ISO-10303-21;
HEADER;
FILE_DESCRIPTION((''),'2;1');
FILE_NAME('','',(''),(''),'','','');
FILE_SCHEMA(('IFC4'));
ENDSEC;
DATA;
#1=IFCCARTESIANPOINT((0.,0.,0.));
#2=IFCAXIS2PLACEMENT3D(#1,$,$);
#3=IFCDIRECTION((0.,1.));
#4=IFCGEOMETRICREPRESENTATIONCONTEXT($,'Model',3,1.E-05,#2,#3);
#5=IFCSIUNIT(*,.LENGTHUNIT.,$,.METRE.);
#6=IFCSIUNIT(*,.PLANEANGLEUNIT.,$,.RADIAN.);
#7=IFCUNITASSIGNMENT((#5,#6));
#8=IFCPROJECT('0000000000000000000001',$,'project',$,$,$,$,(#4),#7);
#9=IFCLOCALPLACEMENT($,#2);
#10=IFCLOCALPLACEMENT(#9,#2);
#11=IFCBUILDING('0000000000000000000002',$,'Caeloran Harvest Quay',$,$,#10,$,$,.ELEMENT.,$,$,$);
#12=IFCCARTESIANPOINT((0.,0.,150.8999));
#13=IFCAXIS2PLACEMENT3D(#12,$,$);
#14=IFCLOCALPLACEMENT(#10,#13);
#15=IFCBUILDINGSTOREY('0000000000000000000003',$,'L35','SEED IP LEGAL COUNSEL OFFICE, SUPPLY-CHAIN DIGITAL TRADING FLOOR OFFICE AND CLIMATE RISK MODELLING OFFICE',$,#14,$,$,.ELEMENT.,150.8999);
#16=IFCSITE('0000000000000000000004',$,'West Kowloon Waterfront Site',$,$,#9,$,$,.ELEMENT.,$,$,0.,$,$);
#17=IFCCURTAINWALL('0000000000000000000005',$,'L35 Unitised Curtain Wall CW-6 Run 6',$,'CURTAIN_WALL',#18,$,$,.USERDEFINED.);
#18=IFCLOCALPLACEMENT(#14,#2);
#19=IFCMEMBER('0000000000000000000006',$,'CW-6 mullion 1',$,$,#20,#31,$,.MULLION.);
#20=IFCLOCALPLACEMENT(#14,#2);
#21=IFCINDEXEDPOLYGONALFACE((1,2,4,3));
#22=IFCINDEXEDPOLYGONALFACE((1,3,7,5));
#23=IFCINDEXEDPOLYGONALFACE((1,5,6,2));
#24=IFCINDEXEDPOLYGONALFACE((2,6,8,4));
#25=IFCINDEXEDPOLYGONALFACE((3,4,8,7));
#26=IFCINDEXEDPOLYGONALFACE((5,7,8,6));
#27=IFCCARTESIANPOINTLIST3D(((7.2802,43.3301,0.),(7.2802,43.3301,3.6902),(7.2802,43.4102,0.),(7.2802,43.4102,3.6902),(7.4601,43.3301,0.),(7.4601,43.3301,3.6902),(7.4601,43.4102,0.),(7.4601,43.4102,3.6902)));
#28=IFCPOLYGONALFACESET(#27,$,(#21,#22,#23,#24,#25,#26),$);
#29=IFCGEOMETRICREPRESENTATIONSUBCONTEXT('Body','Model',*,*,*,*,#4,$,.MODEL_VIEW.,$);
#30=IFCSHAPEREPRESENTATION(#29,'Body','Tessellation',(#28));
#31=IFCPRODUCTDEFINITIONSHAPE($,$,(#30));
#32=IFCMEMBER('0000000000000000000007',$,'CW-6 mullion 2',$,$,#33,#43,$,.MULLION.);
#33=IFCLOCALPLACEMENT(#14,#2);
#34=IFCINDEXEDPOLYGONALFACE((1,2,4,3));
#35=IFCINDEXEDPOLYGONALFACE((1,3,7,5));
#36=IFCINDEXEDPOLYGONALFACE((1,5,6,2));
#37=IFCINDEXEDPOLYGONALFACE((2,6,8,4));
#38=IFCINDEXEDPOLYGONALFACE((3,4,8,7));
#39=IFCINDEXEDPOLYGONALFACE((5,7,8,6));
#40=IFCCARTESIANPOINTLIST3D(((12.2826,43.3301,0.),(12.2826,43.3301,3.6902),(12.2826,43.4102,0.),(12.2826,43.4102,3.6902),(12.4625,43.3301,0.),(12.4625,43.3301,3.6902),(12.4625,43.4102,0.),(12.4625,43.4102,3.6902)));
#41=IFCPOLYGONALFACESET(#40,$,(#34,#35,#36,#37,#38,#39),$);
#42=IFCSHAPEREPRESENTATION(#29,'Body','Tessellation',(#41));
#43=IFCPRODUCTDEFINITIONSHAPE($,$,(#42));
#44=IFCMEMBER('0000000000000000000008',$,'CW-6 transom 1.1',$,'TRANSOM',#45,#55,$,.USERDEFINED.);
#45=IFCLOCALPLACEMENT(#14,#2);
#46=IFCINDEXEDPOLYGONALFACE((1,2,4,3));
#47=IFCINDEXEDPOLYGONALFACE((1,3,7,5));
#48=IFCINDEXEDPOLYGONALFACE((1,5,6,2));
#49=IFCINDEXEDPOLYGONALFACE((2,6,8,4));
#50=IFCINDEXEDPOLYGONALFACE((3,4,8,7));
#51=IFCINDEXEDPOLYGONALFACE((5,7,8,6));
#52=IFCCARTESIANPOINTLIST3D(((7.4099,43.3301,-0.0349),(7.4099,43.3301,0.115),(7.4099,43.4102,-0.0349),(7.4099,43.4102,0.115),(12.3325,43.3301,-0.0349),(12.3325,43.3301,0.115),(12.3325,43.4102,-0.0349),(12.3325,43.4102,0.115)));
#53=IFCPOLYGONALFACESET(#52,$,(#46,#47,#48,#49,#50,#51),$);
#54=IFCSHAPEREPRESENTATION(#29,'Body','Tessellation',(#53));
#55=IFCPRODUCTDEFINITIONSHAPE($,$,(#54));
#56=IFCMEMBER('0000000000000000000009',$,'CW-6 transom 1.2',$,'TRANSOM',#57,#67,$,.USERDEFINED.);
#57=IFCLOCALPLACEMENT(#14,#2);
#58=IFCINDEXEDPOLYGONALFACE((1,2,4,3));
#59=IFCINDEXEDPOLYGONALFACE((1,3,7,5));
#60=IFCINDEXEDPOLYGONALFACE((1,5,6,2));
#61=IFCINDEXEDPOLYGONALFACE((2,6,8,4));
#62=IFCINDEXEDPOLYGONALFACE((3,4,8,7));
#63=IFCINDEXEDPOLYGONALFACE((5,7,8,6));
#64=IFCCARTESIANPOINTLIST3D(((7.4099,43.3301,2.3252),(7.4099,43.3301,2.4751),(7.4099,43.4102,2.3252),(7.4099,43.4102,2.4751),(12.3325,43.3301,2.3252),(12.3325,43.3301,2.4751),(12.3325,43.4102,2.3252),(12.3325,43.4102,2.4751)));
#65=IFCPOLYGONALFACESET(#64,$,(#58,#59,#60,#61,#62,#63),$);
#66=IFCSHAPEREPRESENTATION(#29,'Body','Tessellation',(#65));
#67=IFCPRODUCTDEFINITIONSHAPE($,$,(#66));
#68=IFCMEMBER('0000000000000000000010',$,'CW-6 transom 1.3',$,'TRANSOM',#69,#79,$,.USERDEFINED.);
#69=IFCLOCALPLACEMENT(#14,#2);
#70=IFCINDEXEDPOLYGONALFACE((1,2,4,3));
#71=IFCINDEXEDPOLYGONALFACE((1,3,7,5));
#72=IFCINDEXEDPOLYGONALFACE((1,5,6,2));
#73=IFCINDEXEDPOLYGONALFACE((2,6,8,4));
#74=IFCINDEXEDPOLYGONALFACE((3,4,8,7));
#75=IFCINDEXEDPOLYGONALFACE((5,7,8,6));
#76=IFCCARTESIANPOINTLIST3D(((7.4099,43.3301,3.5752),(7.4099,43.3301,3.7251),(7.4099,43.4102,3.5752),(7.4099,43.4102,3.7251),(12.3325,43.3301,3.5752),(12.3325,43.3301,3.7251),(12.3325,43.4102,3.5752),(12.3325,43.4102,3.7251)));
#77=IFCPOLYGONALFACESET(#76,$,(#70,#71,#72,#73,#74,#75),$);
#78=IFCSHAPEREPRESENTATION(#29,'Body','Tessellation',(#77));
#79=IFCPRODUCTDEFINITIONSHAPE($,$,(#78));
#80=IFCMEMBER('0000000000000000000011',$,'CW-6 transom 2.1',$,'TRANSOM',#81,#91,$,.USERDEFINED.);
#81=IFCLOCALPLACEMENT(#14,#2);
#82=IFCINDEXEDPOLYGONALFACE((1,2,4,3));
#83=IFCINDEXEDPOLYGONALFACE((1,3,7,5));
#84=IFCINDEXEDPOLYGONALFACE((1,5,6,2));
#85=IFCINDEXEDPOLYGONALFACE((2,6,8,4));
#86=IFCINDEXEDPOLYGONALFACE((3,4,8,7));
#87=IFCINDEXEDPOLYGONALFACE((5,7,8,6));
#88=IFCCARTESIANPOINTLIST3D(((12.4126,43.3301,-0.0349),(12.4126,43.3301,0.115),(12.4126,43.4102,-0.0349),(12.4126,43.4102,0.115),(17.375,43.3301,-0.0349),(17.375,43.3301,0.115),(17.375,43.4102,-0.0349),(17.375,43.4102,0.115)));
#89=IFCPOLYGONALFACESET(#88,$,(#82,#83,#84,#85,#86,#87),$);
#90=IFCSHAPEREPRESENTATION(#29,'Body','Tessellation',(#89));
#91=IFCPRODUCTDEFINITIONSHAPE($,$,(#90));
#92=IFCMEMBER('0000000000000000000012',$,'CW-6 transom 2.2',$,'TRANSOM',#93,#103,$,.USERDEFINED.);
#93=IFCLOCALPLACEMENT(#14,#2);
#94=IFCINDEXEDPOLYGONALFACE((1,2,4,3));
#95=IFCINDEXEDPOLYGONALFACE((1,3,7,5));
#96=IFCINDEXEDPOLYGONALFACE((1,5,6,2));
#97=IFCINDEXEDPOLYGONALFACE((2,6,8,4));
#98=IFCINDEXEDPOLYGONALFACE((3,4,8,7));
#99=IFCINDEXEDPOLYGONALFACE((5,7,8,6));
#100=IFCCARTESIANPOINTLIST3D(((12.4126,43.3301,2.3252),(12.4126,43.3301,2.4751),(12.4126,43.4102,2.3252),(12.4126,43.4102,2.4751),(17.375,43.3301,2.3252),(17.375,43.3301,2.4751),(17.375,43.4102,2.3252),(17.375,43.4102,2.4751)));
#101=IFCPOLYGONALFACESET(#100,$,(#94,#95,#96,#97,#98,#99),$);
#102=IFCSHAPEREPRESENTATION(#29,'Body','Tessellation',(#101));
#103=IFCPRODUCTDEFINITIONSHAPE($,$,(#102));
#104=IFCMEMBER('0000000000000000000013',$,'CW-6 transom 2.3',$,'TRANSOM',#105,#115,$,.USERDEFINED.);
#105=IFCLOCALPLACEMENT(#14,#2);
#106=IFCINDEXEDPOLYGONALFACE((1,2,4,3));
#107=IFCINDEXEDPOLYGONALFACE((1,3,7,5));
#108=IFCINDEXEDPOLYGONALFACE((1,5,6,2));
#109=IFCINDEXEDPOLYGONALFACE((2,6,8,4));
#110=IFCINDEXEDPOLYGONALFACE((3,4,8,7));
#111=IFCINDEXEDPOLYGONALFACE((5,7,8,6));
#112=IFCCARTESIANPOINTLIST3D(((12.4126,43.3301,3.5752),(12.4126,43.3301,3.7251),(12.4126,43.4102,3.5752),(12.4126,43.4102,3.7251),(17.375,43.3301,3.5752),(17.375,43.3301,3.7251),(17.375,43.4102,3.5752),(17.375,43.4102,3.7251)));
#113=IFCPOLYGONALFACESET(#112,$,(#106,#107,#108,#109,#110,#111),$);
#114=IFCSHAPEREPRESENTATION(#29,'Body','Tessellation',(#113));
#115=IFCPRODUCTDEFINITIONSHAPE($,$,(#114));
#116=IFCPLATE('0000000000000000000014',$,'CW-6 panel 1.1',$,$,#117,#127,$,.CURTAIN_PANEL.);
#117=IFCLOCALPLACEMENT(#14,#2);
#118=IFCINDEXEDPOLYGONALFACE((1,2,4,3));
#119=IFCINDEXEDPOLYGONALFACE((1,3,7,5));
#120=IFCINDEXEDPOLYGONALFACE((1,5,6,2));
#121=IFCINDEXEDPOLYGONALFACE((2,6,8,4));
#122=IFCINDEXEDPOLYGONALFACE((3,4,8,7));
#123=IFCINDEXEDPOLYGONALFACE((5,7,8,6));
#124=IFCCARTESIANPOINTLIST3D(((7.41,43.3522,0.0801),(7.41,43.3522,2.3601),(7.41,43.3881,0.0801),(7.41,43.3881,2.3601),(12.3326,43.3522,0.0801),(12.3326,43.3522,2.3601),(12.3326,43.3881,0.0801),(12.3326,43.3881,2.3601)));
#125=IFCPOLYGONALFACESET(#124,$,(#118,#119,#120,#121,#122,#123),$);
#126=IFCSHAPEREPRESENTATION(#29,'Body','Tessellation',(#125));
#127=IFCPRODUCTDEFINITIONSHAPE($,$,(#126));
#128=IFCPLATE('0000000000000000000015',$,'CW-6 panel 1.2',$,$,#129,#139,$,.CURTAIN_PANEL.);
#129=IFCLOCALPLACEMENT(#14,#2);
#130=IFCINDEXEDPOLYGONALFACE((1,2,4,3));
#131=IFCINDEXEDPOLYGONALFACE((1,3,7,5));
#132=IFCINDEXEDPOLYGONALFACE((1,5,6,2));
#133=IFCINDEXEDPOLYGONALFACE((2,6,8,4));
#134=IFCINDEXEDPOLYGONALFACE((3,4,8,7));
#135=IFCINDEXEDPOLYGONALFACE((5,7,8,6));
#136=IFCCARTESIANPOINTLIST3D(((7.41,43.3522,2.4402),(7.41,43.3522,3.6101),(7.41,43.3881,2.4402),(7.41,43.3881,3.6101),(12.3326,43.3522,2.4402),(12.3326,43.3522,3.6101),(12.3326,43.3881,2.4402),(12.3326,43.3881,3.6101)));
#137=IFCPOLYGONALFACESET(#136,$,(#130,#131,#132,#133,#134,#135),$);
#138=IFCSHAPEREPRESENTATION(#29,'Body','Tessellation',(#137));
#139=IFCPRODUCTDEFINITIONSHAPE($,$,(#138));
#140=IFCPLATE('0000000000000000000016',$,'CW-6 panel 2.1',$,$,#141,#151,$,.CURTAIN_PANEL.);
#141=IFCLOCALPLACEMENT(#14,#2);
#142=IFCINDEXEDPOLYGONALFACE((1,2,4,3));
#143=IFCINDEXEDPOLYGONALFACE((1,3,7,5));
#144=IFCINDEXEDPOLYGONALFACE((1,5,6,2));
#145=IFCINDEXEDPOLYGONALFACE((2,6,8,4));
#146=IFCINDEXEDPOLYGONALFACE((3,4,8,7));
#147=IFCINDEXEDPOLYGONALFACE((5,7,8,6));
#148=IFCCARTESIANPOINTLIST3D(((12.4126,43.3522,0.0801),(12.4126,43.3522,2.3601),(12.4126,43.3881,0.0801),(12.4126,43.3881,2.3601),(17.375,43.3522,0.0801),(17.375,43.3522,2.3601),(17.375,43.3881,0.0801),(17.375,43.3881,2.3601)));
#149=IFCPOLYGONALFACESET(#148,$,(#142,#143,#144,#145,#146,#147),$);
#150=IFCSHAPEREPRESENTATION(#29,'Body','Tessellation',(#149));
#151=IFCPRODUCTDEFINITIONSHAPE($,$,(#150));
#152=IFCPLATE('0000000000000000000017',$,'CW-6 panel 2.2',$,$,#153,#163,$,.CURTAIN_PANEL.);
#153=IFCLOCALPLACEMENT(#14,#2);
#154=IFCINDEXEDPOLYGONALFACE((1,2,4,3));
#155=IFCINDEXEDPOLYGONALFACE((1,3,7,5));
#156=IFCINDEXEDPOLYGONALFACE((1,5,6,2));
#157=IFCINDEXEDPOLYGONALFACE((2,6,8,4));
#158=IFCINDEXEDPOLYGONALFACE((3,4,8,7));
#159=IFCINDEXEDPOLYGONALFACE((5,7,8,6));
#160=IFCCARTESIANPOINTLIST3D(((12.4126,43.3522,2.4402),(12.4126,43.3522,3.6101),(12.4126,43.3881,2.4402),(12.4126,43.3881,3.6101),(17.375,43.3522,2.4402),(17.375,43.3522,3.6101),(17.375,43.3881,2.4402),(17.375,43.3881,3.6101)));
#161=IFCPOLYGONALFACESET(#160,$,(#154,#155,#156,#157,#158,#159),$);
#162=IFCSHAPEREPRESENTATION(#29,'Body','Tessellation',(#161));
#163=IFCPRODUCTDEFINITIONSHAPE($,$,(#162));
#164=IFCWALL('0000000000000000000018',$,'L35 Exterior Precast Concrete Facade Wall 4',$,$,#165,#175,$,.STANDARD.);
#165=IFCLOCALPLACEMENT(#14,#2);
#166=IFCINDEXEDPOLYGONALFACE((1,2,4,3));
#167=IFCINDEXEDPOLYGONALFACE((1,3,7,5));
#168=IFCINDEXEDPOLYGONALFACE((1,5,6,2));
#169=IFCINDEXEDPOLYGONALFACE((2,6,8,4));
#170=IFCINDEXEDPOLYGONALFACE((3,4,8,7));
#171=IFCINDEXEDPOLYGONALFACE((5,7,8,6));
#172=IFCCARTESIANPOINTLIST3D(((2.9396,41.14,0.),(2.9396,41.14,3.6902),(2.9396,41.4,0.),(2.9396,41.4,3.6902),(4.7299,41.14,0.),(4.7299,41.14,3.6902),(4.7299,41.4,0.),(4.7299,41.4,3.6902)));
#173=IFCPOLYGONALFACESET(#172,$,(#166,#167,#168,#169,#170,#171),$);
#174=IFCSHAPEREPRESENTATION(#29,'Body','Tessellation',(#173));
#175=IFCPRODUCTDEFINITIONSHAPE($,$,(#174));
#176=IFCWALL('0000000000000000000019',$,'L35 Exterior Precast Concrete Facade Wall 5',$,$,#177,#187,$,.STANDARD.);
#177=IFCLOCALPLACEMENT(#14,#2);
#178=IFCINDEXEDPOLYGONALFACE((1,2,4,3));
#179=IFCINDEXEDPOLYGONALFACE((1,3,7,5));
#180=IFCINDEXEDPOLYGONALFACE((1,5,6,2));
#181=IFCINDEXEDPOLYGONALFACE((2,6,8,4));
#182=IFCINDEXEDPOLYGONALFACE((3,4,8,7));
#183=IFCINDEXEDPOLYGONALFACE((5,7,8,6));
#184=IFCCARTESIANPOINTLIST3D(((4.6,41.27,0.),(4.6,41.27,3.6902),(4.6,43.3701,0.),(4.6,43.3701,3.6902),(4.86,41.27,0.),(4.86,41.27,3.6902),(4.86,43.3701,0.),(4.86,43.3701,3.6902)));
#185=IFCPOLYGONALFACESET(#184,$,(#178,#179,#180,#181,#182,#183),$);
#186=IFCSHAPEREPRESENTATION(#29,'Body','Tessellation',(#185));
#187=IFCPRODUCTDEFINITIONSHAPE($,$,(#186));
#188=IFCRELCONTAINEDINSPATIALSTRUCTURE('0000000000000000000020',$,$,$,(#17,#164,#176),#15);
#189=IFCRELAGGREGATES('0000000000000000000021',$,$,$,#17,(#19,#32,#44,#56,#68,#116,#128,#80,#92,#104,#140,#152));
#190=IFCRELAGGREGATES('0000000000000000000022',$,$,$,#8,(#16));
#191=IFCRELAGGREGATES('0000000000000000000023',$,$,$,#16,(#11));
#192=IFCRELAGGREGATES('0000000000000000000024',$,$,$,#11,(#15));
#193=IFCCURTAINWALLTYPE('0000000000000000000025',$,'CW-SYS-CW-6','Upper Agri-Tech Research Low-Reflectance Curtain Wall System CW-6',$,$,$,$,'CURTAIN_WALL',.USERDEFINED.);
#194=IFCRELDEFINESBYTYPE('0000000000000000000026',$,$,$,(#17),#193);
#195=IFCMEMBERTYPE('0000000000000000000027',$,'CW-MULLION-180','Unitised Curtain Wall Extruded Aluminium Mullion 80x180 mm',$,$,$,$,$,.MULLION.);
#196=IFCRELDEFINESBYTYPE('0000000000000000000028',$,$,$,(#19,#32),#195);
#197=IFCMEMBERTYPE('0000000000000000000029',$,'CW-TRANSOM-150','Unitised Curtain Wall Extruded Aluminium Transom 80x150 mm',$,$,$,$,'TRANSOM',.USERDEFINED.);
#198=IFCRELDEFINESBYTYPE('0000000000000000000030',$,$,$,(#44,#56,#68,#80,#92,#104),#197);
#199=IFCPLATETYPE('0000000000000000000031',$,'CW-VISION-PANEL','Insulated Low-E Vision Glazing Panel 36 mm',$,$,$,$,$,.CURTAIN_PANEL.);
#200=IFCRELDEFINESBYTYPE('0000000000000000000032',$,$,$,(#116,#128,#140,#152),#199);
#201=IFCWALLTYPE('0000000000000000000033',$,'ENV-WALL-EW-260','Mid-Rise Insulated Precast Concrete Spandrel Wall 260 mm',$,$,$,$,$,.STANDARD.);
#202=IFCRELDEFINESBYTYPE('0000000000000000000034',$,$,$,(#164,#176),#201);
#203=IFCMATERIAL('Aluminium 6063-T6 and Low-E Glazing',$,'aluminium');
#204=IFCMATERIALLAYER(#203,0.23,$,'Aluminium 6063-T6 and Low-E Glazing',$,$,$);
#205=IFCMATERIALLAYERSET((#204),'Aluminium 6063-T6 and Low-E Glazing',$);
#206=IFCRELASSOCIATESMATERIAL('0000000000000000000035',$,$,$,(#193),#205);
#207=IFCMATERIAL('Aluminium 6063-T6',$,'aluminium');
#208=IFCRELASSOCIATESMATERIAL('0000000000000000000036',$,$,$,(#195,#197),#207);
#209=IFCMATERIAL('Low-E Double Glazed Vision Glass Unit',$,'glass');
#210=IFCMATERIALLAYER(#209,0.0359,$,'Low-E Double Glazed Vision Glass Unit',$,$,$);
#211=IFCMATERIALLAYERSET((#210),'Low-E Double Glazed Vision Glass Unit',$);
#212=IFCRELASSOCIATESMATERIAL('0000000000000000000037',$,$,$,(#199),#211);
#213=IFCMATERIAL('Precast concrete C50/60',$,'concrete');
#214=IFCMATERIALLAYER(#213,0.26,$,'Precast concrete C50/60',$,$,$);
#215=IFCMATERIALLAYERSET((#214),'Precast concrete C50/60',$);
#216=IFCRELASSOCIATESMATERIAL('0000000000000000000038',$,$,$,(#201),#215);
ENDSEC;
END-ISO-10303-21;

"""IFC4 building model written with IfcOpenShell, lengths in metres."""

from ifc_helpers import new_model, si_unit, direction, frame, frame_2d, origin, origin_2d, place, context, subcontext, project, spatial, rectangle, extrude, material, layer, layer_set, material_profile, profile_set, type_object, element, aggregate, save


model = new_model("IFC4")

# Units and contexts
model_context = context("Model", 3, precision=1e-05, world=origin(), true_north=direction((0.0, 1.0)))
body_context = subcontext(model_context, "Body", "Model", "MODEL_VIEW")
ifc_project = project(units=[si_unit("LENGTHUNIT", "METRE"), si_unit("PLANEANGLEUNIT", "RADIAN")], contexts=[model_context])

# Site, building, storey
site_placement = place(None, origin())
site = spatial("IfcSite", under=ifc_project, at=site_placement, Name="West Kowloon Waterfront Site", CompositionType="ELEMENT", RefElevation=0.0)
building_placement = place(site_placement, origin())
building = spatial("IfcBuilding", under=site, at=building_placement, Name="Caeloran Harvest Quay", CompositionType="ELEMENT")
storey_placement = place(building_placement, frame((0.0, 0.0, 150.8999)))
storey = spatial("IfcBuildingStorey", under=building, at=storey_placement, Name="L35", Description="SEED IP LEGAL COUNSEL OFFICE, SUPPLY-CHAIN DIGITAL TRADING FLOOR OFFICE AND CLIMATE RISK MODELLING OFFICE", CompositionType="ELEMENT", Elevation=150.8999)

# Curtain wall, members, plates
ifc_material_1 = material(Name="Aluminium 6063-T6 and Low-E Glazing", Category="aluminium")
ifc_layer_1 = layer(ifc_material_1, 0.23, Name="Aluminium 6063-T6 and Low-E Glazing")
ifc_layer_set_1 = layer_set([ifc_layer_1], Name="Aluminium 6063-T6 and Low-E Glazing")
curtain_wall_type = type_object("IfcCurtainWallType", Name="CW-SYS-CW-6", Description="Upper Agri-Tech Research Low-Reflectance Curtain Wall System CW-6", ElementType="CURTAIN_WALL", PredefinedType="USERDEFINED", material=ifc_layer_set_1)
curtain_wall_placement = place(storey_placement, origin())
curtain_wall = element("IfcCurtainWall", 1, at=curtain_wall_placement, inside=storey, type_object=curtain_wall_type, Name="L35 Unitised Curtain Wall CW-6 Run 6", ObjectType="CURTAIN_WALL", PredefinedType="USERDEFINED")
ifc_material_2 = material(Name="Aluminium 6063-T6", Category="aluminium")
ifc_material_profile_1 = material_profile(ifc_material_2, rectangle(XDim=0.0801, YDim=0.1799, at=origin_2d()), Name="CW-MULLION-180")
ifc_profile_set_1 = profile_set([ifc_material_profile_1], Name="Aluminium 6063-T6")
member_type_1 = type_object("IfcMemberType", Name="CW-MULLION-180", Description="Unitised Curtain Wall Extruded Aluminium Mullion 80x180 mm", PredefinedType="MULLION", material=ifc_profile_set_1)
member_1_placement = place(storey_placement, frame((7.3701, 43.3701, 0.0), z_axis=(0.0, 0.0, 1.0), x_axis=(0.0, 1.0, 0.0)))
member_1 = element("IfcMember", 2, at=member_1_placement, type_object=member_type_1, Name="CW-6 mullion 1", PredefinedType="MULLION", context=body_context, shape_type="SweptSolid", body=[
    extrude(rectangle(XDim=0.0801, YDim=0.1799, at=origin_2d()), origin(), (0.0, 0.0, 1.0), 3.6902),
])
member_2_placement = place(storey_placement, frame((12.3726, 43.3701, 0.0), z_axis=(0.0, 0.0, 1.0), x_axis=(0.0, 1.0, 0.0)))
member_2 = element("IfcMember", 3, at=member_2_placement, type_object=member_type_1, Name="CW-6 mullion 2", PredefinedType="MULLION", context=body_context, shape_type="SweptSolid", body=[
    extrude(rectangle(XDim=0.0801, YDim=0.1799, at=origin_2d()), origin(), (0.0, 0.0, 1.0), 3.6902),
])
ifc_material_profile_2 = material_profile(ifc_material_2, rectangle(XDim=0.0801, YDim=0.1499, at=origin_2d()), Name="CW-TRANSOM-150")
ifc_profile_set_2 = profile_set([ifc_material_profile_2], Name="Aluminium 6063-T6")
member_type_2 = type_object("IfcMemberType", Name="CW-TRANSOM-150", Description="Unitised Curtain Wall Extruded Aluminium Transom 80x150 mm", ElementType="TRANSOM", PredefinedType="USERDEFINED", material=ifc_profile_set_2)
member_3_placement = place(storey_placement, frame((7.4099, 43.3701, 0.04), z_axis=(1.0, 0.0, 0.0), x_axis=(0.0, 1.0, 0.0)))
member_3 = element("IfcMember", 4, at=member_3_placement, type_object=member_type_2, Name="CW-6 transom 1.1", ObjectType="TRANSOM", PredefinedType="USERDEFINED", context=body_context, shape_type="SweptSolid", body=[
    extrude(rectangle(XDim=0.0801, YDim=0.1499, at=origin_2d()), origin(), (0.0, 0.0, 1.0), 4.9226),
])
member_4_placement = place(storey_placement, frame((7.4099, 43.3701, 2.4001), z_axis=(1.0, 0.0, 0.0), x_axis=(0.0, 1.0, 0.0)))
member_4 = element("IfcMember", 5, at=member_4_placement, type_object=member_type_2, Name="CW-6 transom 1.2", ObjectType="TRANSOM", PredefinedType="USERDEFINED", context=body_context, shape_type="SweptSolid", body=[
    extrude(rectangle(XDim=0.0801, YDim=0.1499, at=origin_2d()), origin(), (0.0, 0.0, 1.0), 4.9226),
])
member_5_placement = place(storey_placement, frame((7.4099, 43.3701, 3.6501), z_axis=(1.0, 0.0, 0.0), x_axis=(0.0, 1.0, 0.0)))
member_5 = element("IfcMember", 6, at=member_5_placement, type_object=member_type_2, Name="CW-6 transom 1.3", ObjectType="TRANSOM", PredefinedType="USERDEFINED", context=body_context, shape_type="SweptSolid", body=[
    extrude(rectangle(XDim=0.0801, YDim=0.1499, at=origin_2d()), origin(), (0.0, 0.0, 1.0), 4.9226),
])
member_6_placement = place(storey_placement, frame((12.4126, 43.3701, 0.04), z_axis=(1.0, 0.0, 0.0), x_axis=(0.0, 1.0, 0.0)))
member_6 = element("IfcMember", 7, at=member_6_placement, type_object=member_type_2, Name="CW-6 transom 2.1", ObjectType="TRANSOM", PredefinedType="USERDEFINED", context=body_context, shape_type="SweptSolid", body=[
    extrude(rectangle(XDim=0.0801, YDim=0.1499, at=origin_2d()), origin(), (0.0, 0.0, 1.0), 4.9624),
])
member_7_placement = place(storey_placement, frame((12.4126, 43.3701, 2.4001), z_axis=(1.0, 0.0, 0.0), x_axis=(0.0, 1.0, 0.0)))
member_7 = element("IfcMember", 8, at=member_7_placement, type_object=member_type_2, Name="CW-6 transom 2.2", ObjectType="TRANSOM", PredefinedType="USERDEFINED", context=body_context, shape_type="SweptSolid", body=[
    extrude(rectangle(XDim=0.0801, YDim=0.1499, at=origin_2d()), origin(), (0.0, 0.0, 1.0), 4.9624),
])
member_8_placement = place(storey_placement, frame((12.4126, 43.3701, 3.6501), z_axis=(1.0, 0.0, 0.0), x_axis=(0.0, 1.0, 0.0)))
member_8 = element("IfcMember", 9, at=member_8_placement, type_object=member_type_2, Name="CW-6 transom 2.3", ObjectType="TRANSOM", PredefinedType="USERDEFINED", context=body_context, shape_type="SweptSolid", body=[
    extrude(rectangle(XDim=0.0801, YDim=0.1499, at=origin_2d()), origin(), (0.0, 0.0, 1.0), 4.9624),
])
ifc_material_3 = material(Name="Low-E Double Glazed Vision Glass Unit", Category="glass")
ifc_layer_2 = layer(ifc_material_3, 0.0359, Name="Low-E Double Glazed Vision Glass Unit")
ifc_layer_set_2 = layer_set([ifc_layer_2], Name="Low-E Double Glazed Vision Glass Unit")
plate_type = type_object("IfcPlateType", Name="CW-VISION-PANEL", Description="Insulated Low-E Vision Glazing Panel 36 mm", PredefinedType="CURTAIN_PANEL", material=ifc_layer_set_2)
plate_1_placement = place(storey_placement, frame((9.8713, 43.3701, 0.0801), z_axis=(0.0, 0.0, 1.0), x_axis=(1.0, 0.0, 0.0)))
plate_1 = element("IfcPlate", 10, at=plate_1_placement, type_object=plate_type, Name="CW-6 panel 1.1", PredefinedType="CURTAIN_PANEL", context=body_context, shape_type="SweptSolid", body=[
    extrude(rectangle(XDim=4.9226, YDim=0.0359, at=origin_2d()), origin(), (0.0, 0.0, 1.0), 2.28),
])
plate_2_placement = place(storey_placement, frame((9.8713, 43.3701, 2.4402), z_axis=(0.0, 0.0, 1.0), x_axis=(1.0, 0.0, 0.0)))
plate_2 = element("IfcPlate", 11, at=plate_2_placement, type_object=plate_type, Name="CW-6 panel 1.2", PredefinedType="CURTAIN_PANEL", context=body_context, shape_type="SweptSolid", body=[
    extrude(rectangle(XDim=4.9226, YDim=0.0359, at=origin_2d()), origin(), (0.0, 0.0, 1.0), 1.1699),
])
plate_3_placement = place(storey_placement, frame((14.8938, 43.3701, 0.0801), z_axis=(0.0, 0.0, 1.0), x_axis=(1.0, 0.0, 0.0)))
plate_3 = element("IfcPlate", 12, at=plate_3_placement, type_object=plate_type, Name="CW-6 panel 2.1", PredefinedType="CURTAIN_PANEL", context=body_context, shape_type="SweptSolid", body=[
    extrude(rectangle(XDim=4.9624, YDim=0.0359, at=origin_2d()), origin(), (0.0, 0.0, 1.0), 2.28),
])
plate_4_placement = place(storey_placement, frame((14.8938, 43.3701, 2.4402), z_axis=(0.0, 0.0, 1.0), x_axis=(1.0, 0.0, 0.0)))
plate_4 = element("IfcPlate", 13, at=plate_4_placement, type_object=plate_type, Name="CW-6 panel 2.2", PredefinedType="CURTAIN_PANEL", context=body_context, shape_type="SweptSolid", body=[
    extrude(rectangle(XDim=4.9624, YDim=0.0359, at=origin_2d()), origin(), (0.0, 0.0, 1.0), 1.1699),
])
aggregate(curtain_wall, [member_1, member_2, member_3, member_4, member_5, plate_1, plate_2, member_6, member_7, member_8, plate_3, plate_4])

# Walls
ifc_material_4 = material(Name="Precast concrete C50/60", Category="concrete")
ifc_layer_3 = layer(ifc_material_4, 0.26, Name="Precast concrete C50/60")
ifc_layer_set_3 = layer_set([ifc_layer_3], Name="Precast concrete C50/60")
wall_type_1 = type_object("IfcWallType", Name="ENV-WALL-EW-260", Description="Mid-Rise Insulated Precast Concrete Spandrel Wall 260 mm", PredefinedType="STANDARD", material=ifc_layer_set_3)
wall_1_placement = place(storey_placement, frame((2.9397, 41.27, 0.0), z_axis=(0.0, 0.0, 1.0), x_axis=(1.0, 0.0, 0.0)))
element("IfcWall", 14, at=wall_1_placement, inside=storey, type_object=wall_type_1, Name="L35 Exterior Precast Concrete Facade Wall 4", PredefinedType="STANDARD", context=body_context, shape_type="SweptSolid", body=[
    extrude(rectangle(XDim=1.7903, YDim=0.26, at=frame_2d((0.895, 0.0))), origin(), (0.0, 0.0, 1.0), 3.6902),
])
wall_2_placement = place(storey_placement, frame((4.73, 41.27, 0.0), z_axis=(0.0, 0.0, 1.0), x_axis=(0.0, 1.0, 0.0)))
element("IfcWall", 15, at=wall_2_placement, inside=storey, type_object=wall_type_1, Name="L35 Exterior Precast Concrete Facade Wall 5", PredefinedType="STANDARD", context=body_context, shape_type="SweptSolid", body=[
    extrude(rectangle(XDim=2.1001, YDim=0.26, at=frame_2d((1.05, 0.0))), origin(), (0.0, 0.0, 1.0), 3.6902),
])

save(model, "model.ifc")
